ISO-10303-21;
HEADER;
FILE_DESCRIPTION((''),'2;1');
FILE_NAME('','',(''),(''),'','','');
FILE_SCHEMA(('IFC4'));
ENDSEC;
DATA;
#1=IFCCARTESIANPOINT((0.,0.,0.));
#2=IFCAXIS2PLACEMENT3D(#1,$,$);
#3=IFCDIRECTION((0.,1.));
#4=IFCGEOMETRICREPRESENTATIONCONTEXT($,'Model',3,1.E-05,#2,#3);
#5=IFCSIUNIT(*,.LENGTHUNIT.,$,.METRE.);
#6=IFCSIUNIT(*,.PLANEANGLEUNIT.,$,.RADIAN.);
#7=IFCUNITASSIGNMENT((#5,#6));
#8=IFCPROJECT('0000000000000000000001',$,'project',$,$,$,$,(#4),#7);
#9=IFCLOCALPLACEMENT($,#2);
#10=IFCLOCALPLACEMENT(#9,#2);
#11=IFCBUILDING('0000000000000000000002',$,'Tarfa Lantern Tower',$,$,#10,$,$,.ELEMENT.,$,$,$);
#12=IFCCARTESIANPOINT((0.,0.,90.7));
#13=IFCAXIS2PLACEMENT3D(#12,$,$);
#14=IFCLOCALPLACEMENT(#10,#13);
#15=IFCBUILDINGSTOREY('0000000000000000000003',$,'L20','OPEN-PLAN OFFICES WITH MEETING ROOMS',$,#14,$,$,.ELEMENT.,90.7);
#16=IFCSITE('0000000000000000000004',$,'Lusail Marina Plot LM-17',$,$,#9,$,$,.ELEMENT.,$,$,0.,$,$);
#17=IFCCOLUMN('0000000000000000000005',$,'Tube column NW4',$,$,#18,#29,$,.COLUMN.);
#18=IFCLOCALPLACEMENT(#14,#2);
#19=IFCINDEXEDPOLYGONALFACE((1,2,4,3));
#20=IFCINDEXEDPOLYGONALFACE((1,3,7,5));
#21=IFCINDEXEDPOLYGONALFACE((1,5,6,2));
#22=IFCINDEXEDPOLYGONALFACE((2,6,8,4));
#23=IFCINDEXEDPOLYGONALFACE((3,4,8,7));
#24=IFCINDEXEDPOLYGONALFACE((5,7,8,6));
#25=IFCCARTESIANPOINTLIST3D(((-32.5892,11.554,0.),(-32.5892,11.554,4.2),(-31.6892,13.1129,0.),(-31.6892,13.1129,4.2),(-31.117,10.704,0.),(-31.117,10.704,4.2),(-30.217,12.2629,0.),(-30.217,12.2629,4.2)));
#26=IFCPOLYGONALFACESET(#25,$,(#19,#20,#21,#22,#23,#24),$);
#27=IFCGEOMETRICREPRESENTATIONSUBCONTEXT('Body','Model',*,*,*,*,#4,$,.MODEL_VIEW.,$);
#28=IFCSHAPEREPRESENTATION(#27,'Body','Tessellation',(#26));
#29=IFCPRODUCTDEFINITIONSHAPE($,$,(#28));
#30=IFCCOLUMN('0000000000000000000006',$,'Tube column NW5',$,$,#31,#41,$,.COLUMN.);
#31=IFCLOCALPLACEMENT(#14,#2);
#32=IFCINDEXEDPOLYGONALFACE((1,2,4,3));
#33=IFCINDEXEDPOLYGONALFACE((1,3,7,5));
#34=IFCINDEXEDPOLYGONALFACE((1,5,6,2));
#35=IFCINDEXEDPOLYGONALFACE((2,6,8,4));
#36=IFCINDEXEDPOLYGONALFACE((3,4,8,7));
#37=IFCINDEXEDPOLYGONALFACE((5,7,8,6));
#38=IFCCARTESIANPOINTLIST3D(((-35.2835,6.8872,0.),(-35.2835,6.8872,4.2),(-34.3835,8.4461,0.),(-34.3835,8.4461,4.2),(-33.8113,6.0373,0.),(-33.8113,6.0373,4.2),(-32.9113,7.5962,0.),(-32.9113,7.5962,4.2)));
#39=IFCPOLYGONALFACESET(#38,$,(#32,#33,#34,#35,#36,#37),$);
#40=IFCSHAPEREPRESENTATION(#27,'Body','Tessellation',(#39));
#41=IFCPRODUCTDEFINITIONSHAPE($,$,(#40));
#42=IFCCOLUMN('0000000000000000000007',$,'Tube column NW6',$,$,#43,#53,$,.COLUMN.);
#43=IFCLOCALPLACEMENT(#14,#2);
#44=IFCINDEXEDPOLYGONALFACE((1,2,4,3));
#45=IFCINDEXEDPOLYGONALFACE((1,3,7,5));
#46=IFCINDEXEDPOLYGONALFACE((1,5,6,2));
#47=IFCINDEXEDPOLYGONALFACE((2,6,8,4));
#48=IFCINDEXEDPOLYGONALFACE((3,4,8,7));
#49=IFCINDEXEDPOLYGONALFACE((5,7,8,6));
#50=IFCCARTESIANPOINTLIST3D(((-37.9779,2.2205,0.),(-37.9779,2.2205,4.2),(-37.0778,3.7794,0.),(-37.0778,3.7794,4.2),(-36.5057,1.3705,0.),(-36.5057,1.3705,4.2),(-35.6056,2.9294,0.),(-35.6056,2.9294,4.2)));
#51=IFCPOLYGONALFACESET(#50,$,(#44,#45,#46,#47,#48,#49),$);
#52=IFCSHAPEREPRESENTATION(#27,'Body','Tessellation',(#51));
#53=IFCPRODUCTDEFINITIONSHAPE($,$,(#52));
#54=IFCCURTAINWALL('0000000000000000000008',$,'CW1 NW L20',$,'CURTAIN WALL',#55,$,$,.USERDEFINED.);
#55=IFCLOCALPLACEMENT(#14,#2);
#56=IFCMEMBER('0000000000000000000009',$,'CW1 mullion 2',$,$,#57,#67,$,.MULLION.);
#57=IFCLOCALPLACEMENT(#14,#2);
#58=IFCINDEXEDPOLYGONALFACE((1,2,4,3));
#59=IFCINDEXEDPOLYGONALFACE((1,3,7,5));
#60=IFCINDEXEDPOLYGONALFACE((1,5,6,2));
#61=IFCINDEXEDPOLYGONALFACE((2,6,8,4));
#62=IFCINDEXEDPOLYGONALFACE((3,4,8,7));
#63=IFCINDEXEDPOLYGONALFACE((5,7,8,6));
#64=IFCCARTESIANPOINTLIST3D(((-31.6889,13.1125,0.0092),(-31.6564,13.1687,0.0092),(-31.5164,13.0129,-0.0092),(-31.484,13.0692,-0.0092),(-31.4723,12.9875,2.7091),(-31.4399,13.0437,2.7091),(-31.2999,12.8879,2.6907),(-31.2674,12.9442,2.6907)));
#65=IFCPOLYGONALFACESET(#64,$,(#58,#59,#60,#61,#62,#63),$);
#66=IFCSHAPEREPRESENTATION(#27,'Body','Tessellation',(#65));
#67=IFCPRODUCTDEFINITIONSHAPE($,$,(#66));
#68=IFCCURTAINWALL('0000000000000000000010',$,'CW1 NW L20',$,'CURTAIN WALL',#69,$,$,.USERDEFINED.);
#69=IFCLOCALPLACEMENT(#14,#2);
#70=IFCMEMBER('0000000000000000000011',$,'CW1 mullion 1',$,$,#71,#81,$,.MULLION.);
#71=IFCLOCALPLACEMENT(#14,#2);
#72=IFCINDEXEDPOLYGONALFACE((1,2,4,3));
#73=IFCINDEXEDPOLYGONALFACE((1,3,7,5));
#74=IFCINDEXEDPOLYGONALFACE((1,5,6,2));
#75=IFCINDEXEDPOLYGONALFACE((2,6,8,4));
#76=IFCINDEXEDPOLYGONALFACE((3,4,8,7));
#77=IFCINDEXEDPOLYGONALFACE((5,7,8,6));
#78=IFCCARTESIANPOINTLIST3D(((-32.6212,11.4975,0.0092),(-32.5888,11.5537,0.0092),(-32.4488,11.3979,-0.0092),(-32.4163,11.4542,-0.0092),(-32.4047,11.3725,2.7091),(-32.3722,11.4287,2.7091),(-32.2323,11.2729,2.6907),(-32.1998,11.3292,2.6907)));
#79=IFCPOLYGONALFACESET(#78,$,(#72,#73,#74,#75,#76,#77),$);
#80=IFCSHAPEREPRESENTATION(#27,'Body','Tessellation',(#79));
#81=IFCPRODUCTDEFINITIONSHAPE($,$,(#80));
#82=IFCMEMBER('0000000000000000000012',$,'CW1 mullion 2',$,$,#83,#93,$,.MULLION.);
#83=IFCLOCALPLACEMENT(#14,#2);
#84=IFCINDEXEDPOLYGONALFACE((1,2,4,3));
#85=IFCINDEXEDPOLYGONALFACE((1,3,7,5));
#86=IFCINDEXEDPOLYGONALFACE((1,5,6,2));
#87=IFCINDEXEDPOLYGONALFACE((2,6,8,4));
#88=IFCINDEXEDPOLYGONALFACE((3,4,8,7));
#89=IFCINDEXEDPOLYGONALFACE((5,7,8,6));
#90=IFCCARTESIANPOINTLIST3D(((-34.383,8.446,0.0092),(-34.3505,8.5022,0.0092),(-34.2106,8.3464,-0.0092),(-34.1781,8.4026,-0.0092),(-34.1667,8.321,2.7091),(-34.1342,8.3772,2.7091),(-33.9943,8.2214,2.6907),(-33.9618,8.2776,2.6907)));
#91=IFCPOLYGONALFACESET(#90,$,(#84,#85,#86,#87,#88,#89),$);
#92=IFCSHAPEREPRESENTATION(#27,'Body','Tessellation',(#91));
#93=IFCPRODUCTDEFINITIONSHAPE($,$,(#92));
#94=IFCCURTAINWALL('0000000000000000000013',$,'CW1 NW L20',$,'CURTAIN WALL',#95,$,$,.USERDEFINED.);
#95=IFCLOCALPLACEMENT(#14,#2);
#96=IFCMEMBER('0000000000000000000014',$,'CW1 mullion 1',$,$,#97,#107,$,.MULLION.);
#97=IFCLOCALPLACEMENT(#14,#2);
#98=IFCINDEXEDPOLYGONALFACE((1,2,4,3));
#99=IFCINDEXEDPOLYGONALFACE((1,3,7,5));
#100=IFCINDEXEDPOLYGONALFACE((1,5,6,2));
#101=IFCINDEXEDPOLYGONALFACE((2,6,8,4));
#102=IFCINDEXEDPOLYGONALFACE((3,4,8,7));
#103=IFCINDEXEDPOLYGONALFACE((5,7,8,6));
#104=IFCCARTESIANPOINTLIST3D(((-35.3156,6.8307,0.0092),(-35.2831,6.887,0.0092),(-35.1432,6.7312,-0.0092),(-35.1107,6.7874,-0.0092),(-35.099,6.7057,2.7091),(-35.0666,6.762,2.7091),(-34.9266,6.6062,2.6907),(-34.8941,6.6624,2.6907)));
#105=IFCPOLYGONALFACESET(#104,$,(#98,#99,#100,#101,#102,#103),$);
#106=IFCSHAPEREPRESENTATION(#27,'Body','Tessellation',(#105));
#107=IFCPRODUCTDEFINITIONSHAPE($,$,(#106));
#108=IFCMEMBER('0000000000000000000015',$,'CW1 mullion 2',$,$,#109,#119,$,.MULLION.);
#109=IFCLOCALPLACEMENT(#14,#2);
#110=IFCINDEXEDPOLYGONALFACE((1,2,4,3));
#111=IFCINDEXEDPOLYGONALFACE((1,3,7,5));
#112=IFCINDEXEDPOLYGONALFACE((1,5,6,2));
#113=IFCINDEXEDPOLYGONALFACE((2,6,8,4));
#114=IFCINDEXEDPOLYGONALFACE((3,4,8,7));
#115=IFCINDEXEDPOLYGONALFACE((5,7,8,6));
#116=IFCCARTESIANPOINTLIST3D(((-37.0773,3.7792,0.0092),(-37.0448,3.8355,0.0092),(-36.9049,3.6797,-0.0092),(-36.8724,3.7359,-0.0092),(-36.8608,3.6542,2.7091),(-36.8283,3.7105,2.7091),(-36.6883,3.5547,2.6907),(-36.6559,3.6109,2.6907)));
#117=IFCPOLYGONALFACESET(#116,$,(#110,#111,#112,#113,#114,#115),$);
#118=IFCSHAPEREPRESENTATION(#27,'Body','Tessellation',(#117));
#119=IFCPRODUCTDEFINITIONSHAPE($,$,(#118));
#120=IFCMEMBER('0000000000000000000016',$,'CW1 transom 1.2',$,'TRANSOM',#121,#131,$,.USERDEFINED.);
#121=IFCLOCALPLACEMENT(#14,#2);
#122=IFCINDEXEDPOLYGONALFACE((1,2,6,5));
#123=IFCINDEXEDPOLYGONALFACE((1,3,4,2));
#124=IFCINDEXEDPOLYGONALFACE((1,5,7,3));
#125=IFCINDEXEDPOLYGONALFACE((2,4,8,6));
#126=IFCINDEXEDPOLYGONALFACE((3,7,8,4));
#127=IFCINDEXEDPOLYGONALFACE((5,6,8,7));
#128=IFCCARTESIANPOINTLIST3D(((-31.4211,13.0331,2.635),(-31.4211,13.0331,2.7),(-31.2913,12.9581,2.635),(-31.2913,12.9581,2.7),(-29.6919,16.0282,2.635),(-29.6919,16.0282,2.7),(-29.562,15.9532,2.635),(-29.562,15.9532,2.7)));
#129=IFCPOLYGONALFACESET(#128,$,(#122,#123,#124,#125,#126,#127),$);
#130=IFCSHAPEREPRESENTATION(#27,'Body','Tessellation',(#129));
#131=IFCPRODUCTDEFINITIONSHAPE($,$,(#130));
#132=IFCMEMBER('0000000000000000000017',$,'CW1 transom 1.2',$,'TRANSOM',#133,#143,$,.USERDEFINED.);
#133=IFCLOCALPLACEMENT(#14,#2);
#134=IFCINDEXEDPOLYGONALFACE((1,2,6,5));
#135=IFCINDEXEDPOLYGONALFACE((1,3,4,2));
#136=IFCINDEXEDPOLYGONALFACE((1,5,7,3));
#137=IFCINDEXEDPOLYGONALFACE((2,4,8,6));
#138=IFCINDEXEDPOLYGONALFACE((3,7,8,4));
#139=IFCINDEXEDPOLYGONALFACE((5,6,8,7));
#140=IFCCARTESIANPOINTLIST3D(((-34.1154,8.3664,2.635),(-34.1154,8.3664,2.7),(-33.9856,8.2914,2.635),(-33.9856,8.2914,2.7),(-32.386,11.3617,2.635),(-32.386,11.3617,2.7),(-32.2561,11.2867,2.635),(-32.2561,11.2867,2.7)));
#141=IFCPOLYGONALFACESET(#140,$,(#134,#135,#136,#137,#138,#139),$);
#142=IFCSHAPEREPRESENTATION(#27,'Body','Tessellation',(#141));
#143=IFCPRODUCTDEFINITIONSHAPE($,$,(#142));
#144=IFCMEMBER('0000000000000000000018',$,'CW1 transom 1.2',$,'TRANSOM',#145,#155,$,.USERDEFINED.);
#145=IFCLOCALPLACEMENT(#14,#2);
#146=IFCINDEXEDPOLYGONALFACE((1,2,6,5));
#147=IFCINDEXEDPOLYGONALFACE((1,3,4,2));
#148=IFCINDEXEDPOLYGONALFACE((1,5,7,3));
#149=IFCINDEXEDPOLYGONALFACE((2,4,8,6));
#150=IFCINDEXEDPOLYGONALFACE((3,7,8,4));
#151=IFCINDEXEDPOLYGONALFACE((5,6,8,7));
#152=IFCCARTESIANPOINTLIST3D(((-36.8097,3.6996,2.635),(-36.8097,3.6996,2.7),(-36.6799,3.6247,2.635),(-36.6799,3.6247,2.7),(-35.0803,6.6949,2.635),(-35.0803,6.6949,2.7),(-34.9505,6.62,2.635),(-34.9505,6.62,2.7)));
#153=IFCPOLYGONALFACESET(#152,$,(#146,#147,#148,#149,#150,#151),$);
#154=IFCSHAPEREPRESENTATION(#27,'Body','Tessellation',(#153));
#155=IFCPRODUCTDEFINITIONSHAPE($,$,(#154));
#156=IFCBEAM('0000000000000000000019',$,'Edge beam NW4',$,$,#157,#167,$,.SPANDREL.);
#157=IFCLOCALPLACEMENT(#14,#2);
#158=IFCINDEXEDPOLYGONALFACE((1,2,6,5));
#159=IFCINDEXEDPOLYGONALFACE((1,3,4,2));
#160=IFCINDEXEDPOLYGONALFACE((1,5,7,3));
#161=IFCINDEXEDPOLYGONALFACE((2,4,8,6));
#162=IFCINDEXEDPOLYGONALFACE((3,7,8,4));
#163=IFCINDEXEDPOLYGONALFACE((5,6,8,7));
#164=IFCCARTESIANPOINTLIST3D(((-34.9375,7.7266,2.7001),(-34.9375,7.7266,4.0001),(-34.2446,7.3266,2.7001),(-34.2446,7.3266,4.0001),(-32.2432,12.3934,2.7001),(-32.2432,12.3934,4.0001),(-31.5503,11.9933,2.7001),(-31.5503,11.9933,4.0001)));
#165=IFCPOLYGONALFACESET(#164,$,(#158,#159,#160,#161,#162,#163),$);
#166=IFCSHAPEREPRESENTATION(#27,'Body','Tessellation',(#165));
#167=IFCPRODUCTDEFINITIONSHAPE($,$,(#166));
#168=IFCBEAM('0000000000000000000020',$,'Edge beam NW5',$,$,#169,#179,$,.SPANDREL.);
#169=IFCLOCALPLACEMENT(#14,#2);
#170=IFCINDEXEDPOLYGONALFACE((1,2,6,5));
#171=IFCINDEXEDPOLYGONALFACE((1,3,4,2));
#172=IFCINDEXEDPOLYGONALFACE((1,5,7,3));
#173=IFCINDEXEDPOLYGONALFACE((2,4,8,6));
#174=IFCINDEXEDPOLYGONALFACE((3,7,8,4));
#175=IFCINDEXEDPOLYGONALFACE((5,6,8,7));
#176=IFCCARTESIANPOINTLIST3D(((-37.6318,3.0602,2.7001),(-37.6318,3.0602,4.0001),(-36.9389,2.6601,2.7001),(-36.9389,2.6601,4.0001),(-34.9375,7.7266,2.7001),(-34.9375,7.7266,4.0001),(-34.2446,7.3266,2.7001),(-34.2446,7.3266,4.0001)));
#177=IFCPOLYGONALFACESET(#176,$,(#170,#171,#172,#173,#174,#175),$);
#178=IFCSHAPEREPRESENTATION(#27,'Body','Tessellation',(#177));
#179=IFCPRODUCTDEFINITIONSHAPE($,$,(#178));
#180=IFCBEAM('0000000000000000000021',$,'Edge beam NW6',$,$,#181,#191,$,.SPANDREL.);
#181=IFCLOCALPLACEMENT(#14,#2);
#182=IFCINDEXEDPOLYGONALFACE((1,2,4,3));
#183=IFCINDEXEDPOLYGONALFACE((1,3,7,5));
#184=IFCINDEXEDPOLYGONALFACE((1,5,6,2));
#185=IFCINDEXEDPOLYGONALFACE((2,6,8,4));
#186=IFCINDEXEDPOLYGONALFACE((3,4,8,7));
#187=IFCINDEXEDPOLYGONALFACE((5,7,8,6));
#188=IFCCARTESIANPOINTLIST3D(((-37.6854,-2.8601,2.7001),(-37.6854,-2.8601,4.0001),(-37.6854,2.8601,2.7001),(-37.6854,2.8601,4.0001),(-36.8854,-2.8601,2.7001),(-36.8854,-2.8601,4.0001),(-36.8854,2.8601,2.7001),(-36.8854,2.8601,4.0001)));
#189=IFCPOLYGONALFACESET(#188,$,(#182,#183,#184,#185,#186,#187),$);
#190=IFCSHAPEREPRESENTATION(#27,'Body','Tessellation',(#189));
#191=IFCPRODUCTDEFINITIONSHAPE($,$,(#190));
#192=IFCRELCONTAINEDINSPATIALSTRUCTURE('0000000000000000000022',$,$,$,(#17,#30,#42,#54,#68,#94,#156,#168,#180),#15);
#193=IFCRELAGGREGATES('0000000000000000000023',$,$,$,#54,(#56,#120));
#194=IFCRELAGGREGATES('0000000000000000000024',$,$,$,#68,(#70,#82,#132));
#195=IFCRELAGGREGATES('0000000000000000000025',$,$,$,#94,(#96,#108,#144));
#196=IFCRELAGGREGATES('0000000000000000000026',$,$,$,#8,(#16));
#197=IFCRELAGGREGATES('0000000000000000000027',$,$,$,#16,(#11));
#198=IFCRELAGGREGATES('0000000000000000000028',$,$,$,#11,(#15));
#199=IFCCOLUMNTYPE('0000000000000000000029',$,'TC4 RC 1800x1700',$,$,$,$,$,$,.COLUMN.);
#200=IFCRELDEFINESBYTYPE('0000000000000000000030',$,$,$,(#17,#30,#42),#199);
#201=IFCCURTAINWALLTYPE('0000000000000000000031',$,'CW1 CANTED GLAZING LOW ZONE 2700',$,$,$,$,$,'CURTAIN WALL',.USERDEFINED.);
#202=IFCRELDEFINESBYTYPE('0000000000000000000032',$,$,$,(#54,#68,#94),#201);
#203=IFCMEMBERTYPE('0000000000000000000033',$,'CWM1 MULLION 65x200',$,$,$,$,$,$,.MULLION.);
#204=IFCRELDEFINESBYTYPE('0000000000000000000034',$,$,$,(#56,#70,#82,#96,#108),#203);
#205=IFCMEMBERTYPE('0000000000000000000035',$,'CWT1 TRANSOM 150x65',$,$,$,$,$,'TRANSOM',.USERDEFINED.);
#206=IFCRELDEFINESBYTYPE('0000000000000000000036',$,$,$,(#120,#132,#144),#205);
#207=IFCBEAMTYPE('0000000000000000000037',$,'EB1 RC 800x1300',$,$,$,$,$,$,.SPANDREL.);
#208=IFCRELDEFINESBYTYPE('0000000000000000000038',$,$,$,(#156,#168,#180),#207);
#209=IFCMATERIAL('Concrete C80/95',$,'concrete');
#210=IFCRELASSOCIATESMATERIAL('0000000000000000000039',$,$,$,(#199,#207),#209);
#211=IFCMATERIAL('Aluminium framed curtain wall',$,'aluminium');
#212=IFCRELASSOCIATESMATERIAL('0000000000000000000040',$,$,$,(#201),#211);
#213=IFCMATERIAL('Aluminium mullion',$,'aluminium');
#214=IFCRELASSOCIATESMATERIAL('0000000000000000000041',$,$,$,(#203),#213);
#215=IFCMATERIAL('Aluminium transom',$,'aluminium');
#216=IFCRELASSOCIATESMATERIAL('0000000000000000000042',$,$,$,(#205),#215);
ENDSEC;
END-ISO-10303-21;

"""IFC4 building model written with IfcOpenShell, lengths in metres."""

from ifc_helpers import new_model, si_unit, direction, frame, origin, origin_2d, place, context, subcontext, project, spatial, rectangle, extrude, material, material_profile, profile_set, type_object, element, aggregate, save


model = new_model("IFC4")

# Units and contexts
model_context = context("Model", 3, precision=1e-05, world=origin(), true_north=direction((0.0, 1.0)))
body_context = subcontext(model_context, "Body", "Model", "MODEL_VIEW")
ifc_project = project(units=[si_unit("LENGTHUNIT", "METRE"), si_unit("PLANEANGLEUNIT", "RADIAN")], contexts=[model_context])

# Site, building, storey
site_placement = place(None, origin())
site = spatial("IfcSite", under=ifc_project, at=site_placement, Name="Lusail Marina Plot LM-17", CompositionType="ELEMENT", RefElevation=0.0)
building_placement = place(site_placement, origin())
building = spatial("IfcBuilding", under=site, at=building_placement, Name="Tarfa Lantern Tower", CompositionType="ELEMENT")
storey_placement = place(building_placement, frame((0.0, 0.0, 90.7)))
storey = spatial("IfcBuildingStorey", under=building, at=storey_placement, Name="L20", Description="OPEN-PLAN OFFICES WITH MEETING ROOMS", CompositionType="ELEMENT", Elevation=90.7)

# Columns
ifc_material_1 = material(Name="Concrete C80/95", Category="concrete")
ifc_material_profile_1 = material_profile(ifc_material_1, rectangle(XDim=1.8, YDim=1.7, at=origin_2d()), Name="RC 1800x1700")
ifc_profile_set_1 = profile_set([ifc_material_profile_1], Name="Concrete C80/95")
column_type = type_object("IfcColumnType", Name="TC4 RC 1800x1700", PredefinedType="COLUMN", material=ifc_profile_set_1)
for number, where, z_axis, x_axis, name in (
    (1, (-31.4031, 11.9084, 0.0), (0.0, 0.0, 1.0), (-0.5, -0.866025, 0.0), "Tube column NW4"),
    (2, (-34.0974, 7.2417, 0.0), (0.0, 0.0, 1.0), (-0.5, -0.866025, 0.0), "Tube column NW5"),
    (3, (-36.7917, 2.575, 0.0), (0.0, 0.0, 1.0), (-0.5, -0.866025, 0.0), "Tube column NW6"),
):
    element("IfcColumn", number, at=place(storey_placement, frame(where, z_axis=z_axis, x_axis=x_axis)), inside=storey, type_object=column_type, Name=name, PredefinedType="COLUMN", context=body_context, shape_type="SweptSolid", body=[
        extrude(rectangle(XDim=1.8, YDim=1.7, at=origin_2d()), origin(), (0.0, 0.0, 1.0), 4.2),
    ])

# Curtain wall, member
ifc_material_2 = material(Name="Aluminium framed curtain wall", Category="aluminium")
curtain_wall_type = type_object("IfcCurtainWallType", Name="CW1 CANTED GLAZING LOW ZONE 2700", ElementType="CURTAIN WALL", PredefinedType="USERDEFINED", material=ifc_material_2)
curtain_wall_1_placement = place(storey_placement, origin())
curtain_wall_1 = element("IfcCurtainWall", 4, at=curtain_wall_1_placement, inside=storey, type_object=curtain_wall_type, Name="CW1 NW L20", ObjectType="CURTAIN WALL", PredefinedType="USERDEFINED")
ifc_material_3 = material(Name="Aluminium mullion", Category="aluminium")
ifc_material_profile_2 = material_profile(ifc_material_3, rectangle(XDim=0.0649, YDim=0.2, at=origin_2d()), Name="AL MULLION 65x200")
ifc_profile_set_2 = profile_set([ifc_material_profile_2], Name="Aluminium mullion")
member_type_1 = type_object("IfcMemberType", Name="CWM1 MULLION 65x200", PredefinedType="MULLION", material=ifc_profile_set_2)
member_1_placement = place(storey_placement, frame((-31.5864, 13.0908, 0.0), z_axis=(0.079864, -0.0461, 0.995739), x_axis=(0.49992, 0.866072, 0.0)))
member_1 = element("IfcMember", 5, at=member_1_placement, type_object=member_type_1, Name="CW1 mullion 2", PredefinedType="MULLION", context=body_context, shape_type="SweptSolid", body=[
    extrude(rectangle(XDim=0.0649, YDim=0.2, at=origin_2d()), origin(), (0.0, 0.0, 1.0), 2.7114),
])

# Curtain walls, members
curtain_wall_2_placement = place(storey_placement, origin())
curtain_wall_2 = element("IfcCurtainWall", 6, at=curtain_wall_2_placement, inside=storey, type_object=curtain_wall_type, Name="CW1 NW L20", ObjectType="CURTAIN WALL", PredefinedType="USERDEFINED")
member_2_placement = place(storey_placement, frame((-32.5188, 11.4758, 0.0), z_axis=(0.079864, -0.0461, 0.995739), x_axis=(0.49992, 0.866072, 0.0)))
member_2 = element("IfcMember", 7, at=member_2_placement, type_object=member_type_1, Name="CW1 mullion 1", PredefinedType="MULLION", context=body_context, shape_type="SweptSolid", body=[
    extrude(rectangle(XDim=0.0649, YDim=0.2, at=origin_2d()), origin(), (0.0, 0.0, 1.0), 2.7114),
])
member_3_placement = place(storey_placement, frame((-34.2805, 8.4243, 0.0), z_axis=(0.079775, -0.0461, 0.995746), x_axis=(0.500343, 0.865827, 0.0)))
member_3 = element("IfcMember", 8, at=member_3_placement, type_object=member_type_1, Name="CW1 mullion 2", PredefinedType="MULLION", context=body_context, shape_type="SweptSolid", body=[
    extrude(rectangle(XDim=0.0649, YDim=0.2, at=origin_2d()), origin(), (0.0, 0.0, 1.0), 2.7114),
])
curtain_wall_3_placement = place(storey_placement, origin())
curtain_wall_3 = element("IfcCurtainWall", 9, at=curtain_wall_3_placement, inside=storey, type_object=curtain_wall_type, Name="CW1 NW L20", ObjectType="CURTAIN WALL", PredefinedType="USERDEFINED")
member_4_placement = place(storey_placement, frame((-35.2131, 6.8091, 0.0), z_axis=(0.079864, -0.0461, 0.995739), x_axis=(0.49992, 0.866072, 0.0)))
member_4 = element("IfcMember", 10, at=member_4_placement, type_object=member_type_1, Name="CW1 mullion 1", PredefinedType="MULLION", context=body_context, shape_type="SweptSolid", body=[
    extrude(rectangle(XDim=0.0649, YDim=0.2, at=origin_2d()), origin(), (0.0, 0.0, 1.0), 2.7114),
])
member_5_placement = place(storey_placement, frame((-36.9749, 3.7576, 0.0), z_axis=(0.079864, -0.0461, 0.995739), x_axis=(0.49992, 0.866072, 0.0)))
member_5 = element("IfcMember", 11, at=member_5_placement, type_object=member_type_1, Name="CW1 mullion 2", PredefinedType="MULLION", context=body_context, shape_type="SweptSolid", body=[
    extrude(rectangle(XDim=0.0649, YDim=0.2, at=origin_2d()), origin(), (0.0, 0.0, 1.0), 2.7114),
])

# Members
ifc_material_4 = material(Name="Aluminium transom", Category="aluminium")
ifc_material_profile_3 = material_profile(ifc_material_4, rectangle(XDim=0.1499, YDim=0.0649, at=origin_2d()), Name="AL TRANSOM 150x65")
ifc_profile_set_3 = profile_set([ifc_material_profile_3], Name="Aluminium transom")
member_type_2 = type_object("IfcMemberType", Name="CWT1 TRANSOM 150x65", ElementType="TRANSOM", PredefinedType="USERDEFINED", material=ifc_profile_set_3)
member_6_placement = place(storey_placement, frame((-29.627, 15.9907, 2.6675), z_axis=(-0.500004, -0.866023, 0.0), x_axis=(0.866023, -0.500004, 0.0)))
member_6 = element("IfcMember", 12, at=member_6_placement, type_object=member_type_2, Name="CW1 transom 1.2", ObjectType="TRANSOM", PredefinedType="USERDEFINED", context=body_context, shape_type="SweptSolid", body=[
    extrude(rectangle(XDim=0.1499, YDim=0.0649, at=origin_2d()), origin(), (0.0, 0.0, 1.0), 3.4585),
])
member_7_placement = place(storey_placement, frame((-32.321, 11.3242, 2.6675), z_axis=(-0.500026, -0.86601, 0.0), x_axis=(0.86601, -0.500026, 0.0)))
member_7 = element("IfcMember", 13, at=member_7_placement, type_object=member_type_2, Name="CW1 transom 1.2", ObjectType="TRANSOM", PredefinedType="USERDEFINED", context=body_context, shape_type="SweptSolid", body=[
    extrude(rectangle(XDim=0.1499, YDim=0.0649, at=origin_2d()), origin(), (0.0, 0.0, 1.0), 3.4587),
])
member_8_placement = place(storey_placement, frame((-35.0154, 6.6575, 2.6675), z_axis=(-0.500026, -0.86601, 0.0), x_axis=(0.86601, -0.500026, 0.0)))
member_8 = element("IfcMember", 14, at=member_8_placement, type_object=member_type_2, Name="CW1 transom 1.2", ObjectType="TRANSOM", PredefinedType="USERDEFINED", context=body_context, shape_type="SweptSolid", body=[
    extrude(rectangle(XDim=0.1499, YDim=0.0649, at=origin_2d()), origin(), (0.0, 0.0, 1.0), 3.4587),
])

# Beams
ifc_material_profile_4 = material_profile(ifc_material_1, rectangle(XDim=0.8, YDim=1.3, at=origin_2d()), Name="RC 800x1300")
ifc_profile_set_4 = profile_set([ifc_material_profile_4], Name="Concrete C80/95")
beam_type_1 = type_object("IfcBeamType", Name="EB1 RC 800x1300", PredefinedType="SPANDREL", material=ifc_profile_set_4)
beam_1_placement = place(storey_placement, frame((-31.8967, 12.1934, 3.3501), z_axis=(-0.499998, -0.866026, 0.0), x_axis=(0.866026, -0.499998, 0.0)))
element("IfcBeam", 15, at=beam_1_placement, inside=storey, type_object=beam_type_1, Name="Edge beam NW4", PredefinedType="SPANDREL", context=body_context, shape_type="SweptSolid", body=[
    extrude(rectangle(XDim=0.8, YDim=1.3, at=origin_2d()), origin(), (0.0, 0.0, 1.0), 5.3887),
])
beam_2_placement = place(storey_placement, frame((-34.5911, 7.5266, 3.3501), z_axis=(-0.500018, -0.866015, 0.0), x_axis=(0.866015, -0.500018, 0.0)))
element("IfcBeam", 16, at=beam_2_placement, inside=storey, type_object=beam_type_1, Name="Edge beam NW5", PredefinedType="SPANDREL", context=body_context, shape_type="SweptSolid", body=[
    extrude(rectangle(XDim=0.8, YDim=1.3, at=origin_2d()), origin(), (0.0, 0.0, 1.0), 5.3884),
])
beam_3_placement = place(storey_placement, frame((-37.2854, 2.8601, 3.3501), z_axis=(0.0, -1.0, 0.0), x_axis=(1.0, 0.0, 0.0)))
element("IfcBeam", 17, at=beam_3_placement, inside=storey, type_object=beam_type_1, Name="Edge beam NW6", PredefinedType="SPANDREL", context=body_context, shape_type="SweptSolid", body=[
    extrude(rectangle(XDim=0.8, YDim=1.3, at=origin_2d()), origin(), (0.0, 0.0, 1.0), 5.7202),
])

aggregate(curtain_wall_1, [member_1, member_6])
aggregate(curtain_wall_2, [member_2, member_3, member_7])
aggregate(curtain_wall_3, [member_4, member_5, member_8])

save(model, "model.ifc")
